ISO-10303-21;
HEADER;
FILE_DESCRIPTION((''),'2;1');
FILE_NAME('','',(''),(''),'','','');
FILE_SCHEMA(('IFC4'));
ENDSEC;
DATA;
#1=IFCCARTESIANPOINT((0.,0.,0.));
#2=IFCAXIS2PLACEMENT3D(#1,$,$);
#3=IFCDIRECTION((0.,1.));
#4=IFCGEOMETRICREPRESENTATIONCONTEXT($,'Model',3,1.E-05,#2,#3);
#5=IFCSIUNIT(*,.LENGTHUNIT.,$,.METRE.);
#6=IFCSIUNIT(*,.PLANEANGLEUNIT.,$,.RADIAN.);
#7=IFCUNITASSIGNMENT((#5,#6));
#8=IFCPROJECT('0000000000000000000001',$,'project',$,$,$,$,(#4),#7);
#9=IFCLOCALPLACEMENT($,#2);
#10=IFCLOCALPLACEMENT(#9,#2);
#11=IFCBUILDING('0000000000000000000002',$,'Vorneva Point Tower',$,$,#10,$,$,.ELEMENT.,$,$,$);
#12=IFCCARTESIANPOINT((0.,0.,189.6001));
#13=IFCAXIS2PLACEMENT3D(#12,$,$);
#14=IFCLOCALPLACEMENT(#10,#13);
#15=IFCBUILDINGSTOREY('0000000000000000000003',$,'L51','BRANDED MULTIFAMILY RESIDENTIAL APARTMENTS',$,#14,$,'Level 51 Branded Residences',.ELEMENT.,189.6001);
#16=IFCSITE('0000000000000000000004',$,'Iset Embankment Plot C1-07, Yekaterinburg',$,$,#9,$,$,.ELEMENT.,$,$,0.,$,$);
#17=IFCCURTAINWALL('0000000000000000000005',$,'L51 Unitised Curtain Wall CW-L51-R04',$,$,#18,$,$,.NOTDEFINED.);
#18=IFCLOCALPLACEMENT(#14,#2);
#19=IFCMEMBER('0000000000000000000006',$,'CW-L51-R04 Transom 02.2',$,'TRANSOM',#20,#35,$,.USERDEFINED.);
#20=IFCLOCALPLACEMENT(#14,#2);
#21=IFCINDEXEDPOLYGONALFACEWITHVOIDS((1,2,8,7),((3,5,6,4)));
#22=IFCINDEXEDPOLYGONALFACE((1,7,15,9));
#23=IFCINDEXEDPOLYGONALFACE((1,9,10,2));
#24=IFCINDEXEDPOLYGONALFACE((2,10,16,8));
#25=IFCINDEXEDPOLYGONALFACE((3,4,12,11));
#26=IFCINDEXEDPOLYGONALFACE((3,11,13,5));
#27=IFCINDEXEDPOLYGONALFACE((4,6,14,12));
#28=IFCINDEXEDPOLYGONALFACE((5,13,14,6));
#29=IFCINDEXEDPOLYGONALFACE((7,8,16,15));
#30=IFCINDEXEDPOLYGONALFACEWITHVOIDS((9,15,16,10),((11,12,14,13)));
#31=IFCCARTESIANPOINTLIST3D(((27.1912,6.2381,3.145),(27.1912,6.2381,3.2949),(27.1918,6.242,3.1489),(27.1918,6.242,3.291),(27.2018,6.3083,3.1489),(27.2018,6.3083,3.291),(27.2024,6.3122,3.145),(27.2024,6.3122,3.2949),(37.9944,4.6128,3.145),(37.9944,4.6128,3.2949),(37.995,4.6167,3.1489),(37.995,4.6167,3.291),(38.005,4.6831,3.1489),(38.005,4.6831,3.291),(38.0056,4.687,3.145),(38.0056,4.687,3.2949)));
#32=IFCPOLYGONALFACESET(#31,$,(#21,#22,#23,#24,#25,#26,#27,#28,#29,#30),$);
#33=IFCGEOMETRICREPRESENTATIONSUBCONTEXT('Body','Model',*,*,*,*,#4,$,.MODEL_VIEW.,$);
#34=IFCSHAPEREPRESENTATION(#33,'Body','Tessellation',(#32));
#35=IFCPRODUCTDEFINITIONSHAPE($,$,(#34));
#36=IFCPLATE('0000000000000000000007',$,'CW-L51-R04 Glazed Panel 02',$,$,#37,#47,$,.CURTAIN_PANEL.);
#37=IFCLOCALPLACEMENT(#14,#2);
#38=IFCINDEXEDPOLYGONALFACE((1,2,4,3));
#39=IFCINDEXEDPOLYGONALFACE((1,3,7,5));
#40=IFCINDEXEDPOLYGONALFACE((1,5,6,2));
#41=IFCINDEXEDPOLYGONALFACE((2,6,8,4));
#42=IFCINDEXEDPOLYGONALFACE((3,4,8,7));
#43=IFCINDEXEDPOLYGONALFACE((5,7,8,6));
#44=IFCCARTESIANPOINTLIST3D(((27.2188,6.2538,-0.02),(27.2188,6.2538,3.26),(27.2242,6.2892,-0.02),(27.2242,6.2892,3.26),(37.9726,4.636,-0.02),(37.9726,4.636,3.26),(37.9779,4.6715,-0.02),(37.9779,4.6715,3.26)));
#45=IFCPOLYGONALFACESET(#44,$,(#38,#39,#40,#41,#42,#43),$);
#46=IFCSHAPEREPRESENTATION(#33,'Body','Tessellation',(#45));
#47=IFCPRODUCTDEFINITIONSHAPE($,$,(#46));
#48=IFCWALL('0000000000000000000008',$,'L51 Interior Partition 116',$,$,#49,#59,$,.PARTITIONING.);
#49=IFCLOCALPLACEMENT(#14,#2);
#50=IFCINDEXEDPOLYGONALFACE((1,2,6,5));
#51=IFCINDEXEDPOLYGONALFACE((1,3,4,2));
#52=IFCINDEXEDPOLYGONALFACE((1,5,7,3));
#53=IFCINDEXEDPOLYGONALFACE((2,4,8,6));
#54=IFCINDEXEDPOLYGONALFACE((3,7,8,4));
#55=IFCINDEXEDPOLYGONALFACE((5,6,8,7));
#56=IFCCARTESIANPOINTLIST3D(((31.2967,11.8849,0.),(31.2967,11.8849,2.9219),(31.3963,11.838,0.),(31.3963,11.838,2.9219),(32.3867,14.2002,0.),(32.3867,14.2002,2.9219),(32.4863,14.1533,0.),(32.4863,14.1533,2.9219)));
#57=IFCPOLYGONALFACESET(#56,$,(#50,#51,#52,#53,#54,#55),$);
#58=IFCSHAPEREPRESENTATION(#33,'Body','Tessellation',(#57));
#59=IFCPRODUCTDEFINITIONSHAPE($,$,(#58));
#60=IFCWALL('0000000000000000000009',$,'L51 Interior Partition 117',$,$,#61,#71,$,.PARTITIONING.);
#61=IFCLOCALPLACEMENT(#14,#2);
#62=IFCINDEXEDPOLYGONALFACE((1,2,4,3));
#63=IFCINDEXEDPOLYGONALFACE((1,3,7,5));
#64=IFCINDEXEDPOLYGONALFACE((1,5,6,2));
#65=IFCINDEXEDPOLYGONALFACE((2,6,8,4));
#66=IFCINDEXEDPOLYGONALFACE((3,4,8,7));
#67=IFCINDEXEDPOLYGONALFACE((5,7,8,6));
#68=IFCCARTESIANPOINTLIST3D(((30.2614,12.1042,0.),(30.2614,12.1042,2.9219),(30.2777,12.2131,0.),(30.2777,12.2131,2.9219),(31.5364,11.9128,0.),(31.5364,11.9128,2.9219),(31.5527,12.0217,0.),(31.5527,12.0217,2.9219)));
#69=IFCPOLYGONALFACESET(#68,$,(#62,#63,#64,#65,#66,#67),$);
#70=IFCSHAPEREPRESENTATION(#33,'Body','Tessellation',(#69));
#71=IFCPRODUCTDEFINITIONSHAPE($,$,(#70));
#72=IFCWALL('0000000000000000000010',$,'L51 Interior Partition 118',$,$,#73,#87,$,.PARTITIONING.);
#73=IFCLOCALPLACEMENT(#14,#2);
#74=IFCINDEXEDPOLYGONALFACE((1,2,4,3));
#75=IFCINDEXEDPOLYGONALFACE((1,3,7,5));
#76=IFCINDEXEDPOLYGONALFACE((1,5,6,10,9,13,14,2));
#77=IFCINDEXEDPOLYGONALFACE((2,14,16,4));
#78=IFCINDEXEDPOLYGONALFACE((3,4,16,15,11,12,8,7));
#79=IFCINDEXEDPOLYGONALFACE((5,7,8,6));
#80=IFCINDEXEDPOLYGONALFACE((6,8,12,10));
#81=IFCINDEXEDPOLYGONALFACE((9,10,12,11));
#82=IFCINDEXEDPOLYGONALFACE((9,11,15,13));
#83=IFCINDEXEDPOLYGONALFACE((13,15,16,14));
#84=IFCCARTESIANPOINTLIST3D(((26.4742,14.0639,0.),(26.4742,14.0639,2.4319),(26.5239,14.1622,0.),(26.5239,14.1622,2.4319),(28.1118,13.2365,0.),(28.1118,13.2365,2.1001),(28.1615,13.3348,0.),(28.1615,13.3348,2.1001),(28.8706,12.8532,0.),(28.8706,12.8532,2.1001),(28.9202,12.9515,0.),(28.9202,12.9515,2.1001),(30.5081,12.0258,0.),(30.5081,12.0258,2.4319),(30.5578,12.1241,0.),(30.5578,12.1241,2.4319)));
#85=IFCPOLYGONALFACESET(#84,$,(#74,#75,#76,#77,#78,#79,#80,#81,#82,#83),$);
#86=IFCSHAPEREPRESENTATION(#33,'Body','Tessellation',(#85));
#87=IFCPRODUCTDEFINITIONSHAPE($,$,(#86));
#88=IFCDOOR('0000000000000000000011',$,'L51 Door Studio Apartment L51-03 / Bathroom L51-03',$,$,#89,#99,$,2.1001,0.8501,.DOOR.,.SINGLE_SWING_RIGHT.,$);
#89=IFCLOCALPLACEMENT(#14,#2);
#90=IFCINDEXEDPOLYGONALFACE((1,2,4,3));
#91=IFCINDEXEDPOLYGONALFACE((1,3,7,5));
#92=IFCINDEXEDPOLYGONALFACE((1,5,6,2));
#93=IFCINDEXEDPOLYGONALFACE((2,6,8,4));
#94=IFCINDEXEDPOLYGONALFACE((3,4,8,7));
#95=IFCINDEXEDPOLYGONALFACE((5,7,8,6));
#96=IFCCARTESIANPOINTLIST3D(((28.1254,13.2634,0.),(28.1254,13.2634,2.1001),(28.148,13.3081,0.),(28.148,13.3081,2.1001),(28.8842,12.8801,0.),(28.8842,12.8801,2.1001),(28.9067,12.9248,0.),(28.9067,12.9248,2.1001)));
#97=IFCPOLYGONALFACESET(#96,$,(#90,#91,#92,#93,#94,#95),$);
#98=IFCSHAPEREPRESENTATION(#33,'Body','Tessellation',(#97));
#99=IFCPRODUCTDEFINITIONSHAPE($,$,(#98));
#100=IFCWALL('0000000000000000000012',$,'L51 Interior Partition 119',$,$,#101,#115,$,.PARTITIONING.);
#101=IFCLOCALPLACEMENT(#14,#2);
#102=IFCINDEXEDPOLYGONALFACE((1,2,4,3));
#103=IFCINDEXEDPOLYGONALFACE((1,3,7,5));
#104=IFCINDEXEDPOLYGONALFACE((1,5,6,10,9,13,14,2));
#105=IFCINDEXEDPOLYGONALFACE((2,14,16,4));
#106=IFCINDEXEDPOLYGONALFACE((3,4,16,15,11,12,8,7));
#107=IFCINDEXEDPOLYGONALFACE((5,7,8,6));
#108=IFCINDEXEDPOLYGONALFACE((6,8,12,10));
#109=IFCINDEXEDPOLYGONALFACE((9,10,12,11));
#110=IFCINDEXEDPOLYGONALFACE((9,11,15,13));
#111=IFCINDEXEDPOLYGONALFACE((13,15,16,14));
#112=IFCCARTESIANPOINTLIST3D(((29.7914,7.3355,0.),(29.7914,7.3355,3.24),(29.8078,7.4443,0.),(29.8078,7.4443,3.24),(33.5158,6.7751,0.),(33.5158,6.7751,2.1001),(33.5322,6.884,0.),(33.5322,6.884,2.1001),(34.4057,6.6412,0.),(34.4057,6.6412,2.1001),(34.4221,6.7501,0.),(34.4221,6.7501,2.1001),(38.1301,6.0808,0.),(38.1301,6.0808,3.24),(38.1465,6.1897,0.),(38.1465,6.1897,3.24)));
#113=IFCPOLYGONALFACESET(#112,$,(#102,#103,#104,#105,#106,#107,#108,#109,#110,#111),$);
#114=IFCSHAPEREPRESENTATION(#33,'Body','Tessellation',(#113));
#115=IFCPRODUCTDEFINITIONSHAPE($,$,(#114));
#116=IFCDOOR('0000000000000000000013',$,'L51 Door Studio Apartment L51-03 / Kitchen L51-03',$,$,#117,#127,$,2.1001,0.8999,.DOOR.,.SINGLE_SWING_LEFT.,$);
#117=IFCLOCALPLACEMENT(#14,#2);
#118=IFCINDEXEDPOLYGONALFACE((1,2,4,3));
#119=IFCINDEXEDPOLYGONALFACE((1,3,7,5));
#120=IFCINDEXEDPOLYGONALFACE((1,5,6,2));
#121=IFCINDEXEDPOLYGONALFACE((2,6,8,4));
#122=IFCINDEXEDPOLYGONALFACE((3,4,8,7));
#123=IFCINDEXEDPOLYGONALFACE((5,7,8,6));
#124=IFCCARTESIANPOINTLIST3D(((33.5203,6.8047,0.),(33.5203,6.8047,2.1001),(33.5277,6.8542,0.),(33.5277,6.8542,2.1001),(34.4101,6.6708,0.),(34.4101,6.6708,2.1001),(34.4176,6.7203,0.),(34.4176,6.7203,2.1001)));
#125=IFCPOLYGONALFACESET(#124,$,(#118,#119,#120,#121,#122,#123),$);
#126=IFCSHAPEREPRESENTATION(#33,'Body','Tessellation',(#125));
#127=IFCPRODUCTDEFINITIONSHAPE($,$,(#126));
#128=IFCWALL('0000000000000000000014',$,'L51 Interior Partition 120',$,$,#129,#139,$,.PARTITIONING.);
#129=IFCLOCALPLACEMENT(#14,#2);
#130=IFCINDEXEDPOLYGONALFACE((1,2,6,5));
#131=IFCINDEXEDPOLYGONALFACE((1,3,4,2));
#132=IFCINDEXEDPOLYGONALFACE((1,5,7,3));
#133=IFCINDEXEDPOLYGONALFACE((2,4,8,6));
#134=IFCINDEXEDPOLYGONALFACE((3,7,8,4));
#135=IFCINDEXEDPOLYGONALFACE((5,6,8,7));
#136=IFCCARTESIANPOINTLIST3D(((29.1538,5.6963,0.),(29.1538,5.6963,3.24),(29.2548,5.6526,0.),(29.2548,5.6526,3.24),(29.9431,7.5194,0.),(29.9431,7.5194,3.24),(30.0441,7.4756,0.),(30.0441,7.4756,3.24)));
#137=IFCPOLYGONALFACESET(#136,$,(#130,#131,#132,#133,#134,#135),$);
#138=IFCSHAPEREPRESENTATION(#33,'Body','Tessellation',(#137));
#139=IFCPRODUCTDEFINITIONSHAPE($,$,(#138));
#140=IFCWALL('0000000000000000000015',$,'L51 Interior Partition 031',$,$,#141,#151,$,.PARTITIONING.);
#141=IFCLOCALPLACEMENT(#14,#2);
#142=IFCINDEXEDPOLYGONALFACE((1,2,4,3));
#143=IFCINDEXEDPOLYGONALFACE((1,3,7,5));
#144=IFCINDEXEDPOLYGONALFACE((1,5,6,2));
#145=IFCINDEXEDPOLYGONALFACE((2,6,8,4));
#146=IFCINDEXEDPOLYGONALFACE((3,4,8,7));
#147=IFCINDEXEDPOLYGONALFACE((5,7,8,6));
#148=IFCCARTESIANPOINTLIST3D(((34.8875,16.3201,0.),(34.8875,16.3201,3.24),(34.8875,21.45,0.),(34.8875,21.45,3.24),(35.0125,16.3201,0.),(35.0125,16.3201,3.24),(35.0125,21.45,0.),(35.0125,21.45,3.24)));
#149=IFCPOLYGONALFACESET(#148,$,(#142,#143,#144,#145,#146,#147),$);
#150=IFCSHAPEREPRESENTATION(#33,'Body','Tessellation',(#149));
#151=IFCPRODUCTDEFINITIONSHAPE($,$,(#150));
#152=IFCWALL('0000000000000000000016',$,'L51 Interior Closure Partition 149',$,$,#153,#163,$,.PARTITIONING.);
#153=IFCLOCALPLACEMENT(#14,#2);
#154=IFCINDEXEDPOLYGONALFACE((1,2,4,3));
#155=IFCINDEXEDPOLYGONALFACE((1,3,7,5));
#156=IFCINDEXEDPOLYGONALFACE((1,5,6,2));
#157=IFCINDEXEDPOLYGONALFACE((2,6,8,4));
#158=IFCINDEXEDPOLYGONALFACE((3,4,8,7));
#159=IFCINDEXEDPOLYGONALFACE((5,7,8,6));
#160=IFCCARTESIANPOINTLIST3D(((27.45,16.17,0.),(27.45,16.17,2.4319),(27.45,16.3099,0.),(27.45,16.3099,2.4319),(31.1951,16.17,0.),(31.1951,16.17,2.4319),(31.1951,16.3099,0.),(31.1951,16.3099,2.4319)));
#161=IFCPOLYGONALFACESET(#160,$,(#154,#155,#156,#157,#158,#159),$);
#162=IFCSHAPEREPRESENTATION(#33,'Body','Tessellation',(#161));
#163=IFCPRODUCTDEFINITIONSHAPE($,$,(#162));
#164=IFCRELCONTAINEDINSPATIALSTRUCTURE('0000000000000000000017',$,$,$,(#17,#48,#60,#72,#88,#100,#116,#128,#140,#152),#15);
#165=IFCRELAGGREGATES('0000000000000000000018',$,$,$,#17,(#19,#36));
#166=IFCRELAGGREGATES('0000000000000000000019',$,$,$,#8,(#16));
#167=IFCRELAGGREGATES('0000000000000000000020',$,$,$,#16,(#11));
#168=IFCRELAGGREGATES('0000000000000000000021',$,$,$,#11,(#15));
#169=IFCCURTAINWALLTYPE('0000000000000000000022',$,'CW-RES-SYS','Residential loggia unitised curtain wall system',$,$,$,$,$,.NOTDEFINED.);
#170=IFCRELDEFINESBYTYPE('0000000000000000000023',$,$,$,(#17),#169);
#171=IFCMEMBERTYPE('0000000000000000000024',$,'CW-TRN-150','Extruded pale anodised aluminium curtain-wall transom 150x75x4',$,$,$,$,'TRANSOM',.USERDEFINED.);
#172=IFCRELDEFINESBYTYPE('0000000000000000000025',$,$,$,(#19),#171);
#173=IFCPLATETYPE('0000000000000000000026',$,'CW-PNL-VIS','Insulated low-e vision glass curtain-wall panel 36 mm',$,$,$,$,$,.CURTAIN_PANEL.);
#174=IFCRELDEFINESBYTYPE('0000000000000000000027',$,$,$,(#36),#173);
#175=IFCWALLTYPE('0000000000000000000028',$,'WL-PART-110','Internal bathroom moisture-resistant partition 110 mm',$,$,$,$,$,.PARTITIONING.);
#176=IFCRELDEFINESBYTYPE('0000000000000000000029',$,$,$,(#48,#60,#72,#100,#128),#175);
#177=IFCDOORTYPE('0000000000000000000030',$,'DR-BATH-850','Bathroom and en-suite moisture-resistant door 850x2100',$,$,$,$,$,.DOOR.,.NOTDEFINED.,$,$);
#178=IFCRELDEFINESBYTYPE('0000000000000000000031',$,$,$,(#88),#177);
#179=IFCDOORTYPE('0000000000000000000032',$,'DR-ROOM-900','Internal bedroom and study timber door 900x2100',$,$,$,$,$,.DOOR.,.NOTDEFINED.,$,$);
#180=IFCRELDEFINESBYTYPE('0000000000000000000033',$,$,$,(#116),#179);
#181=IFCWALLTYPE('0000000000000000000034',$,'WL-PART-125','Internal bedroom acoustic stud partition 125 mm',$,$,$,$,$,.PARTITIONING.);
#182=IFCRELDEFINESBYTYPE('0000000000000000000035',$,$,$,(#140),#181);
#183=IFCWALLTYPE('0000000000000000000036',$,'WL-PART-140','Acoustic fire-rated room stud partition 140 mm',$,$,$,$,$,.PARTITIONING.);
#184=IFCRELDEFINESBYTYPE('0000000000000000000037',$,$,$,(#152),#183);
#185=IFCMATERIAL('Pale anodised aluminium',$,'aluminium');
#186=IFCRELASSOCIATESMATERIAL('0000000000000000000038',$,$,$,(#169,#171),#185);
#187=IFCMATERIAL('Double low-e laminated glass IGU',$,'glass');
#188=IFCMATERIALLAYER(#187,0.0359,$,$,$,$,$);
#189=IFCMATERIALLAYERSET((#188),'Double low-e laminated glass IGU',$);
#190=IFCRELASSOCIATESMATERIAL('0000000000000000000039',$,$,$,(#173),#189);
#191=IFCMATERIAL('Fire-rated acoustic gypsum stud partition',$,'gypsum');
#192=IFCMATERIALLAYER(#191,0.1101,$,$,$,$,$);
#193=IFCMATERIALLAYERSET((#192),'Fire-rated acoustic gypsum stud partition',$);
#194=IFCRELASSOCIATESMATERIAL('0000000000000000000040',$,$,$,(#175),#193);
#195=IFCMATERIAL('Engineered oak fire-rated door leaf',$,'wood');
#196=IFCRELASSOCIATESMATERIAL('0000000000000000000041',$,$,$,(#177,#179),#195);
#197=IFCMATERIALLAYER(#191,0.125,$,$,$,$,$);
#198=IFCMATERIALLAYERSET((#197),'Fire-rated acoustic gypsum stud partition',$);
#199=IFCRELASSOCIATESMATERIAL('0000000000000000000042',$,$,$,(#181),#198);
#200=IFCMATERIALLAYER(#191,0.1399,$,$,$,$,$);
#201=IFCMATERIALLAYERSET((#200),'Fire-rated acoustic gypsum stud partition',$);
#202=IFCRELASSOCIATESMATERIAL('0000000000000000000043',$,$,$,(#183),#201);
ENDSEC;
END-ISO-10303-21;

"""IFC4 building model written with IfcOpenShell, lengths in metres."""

from ifc_helpers import new_model, si_unit, direction, frame, frame_2d, origin, origin_2d, place, context, subcontext, project, spatial, rectangle, hollow_rectangle, extrude, material, layer, layer_set, material_profile, profile_set, type_object, element, fill, aggregate, save


model = new_model("IFC4")

# Units and contexts
model_context = context("Model", 3, precision=1e-05, world=origin(), true_north=direction((0.0, 1.0)))
body_context = subcontext(model_context, "Body", "Model", "MODEL_VIEW")
ifc_project = project(units=[si_unit("LENGTHUNIT", "METRE"), si_unit("PLANEANGLEUNIT", "RADIAN")], contexts=[model_context])

# Site, building, storey
site_placement = place(None, origin())
site = spatial("IfcSite", under=ifc_project, at=site_placement, Name="Iset Embankment Plot C1-07, Yekaterinburg", CompositionType="ELEMENT", RefElevation=0.0)
building_placement = place(site_placement, origin())
building = spatial("IfcBuilding", under=site, at=building_placement, Name="Vorneva Point Tower", CompositionType="ELEMENT")
storey_placement = place(building_placement, frame((0.0, 0.0, 189.6001)))
storey = spatial("IfcBuildingStorey", under=building, at=storey_placement, Name="L51", Description="BRANDED MULTIFAMILY RESIDENTIAL APARTMENTS", LongName="Level 51 Branded Residences", CompositionType="ELEMENT", Elevation=189.6001)

# Curtain wall, member, plate
ifc_material_1 = material(Name="Pale anodised aluminium", Category="aluminium")
curtain_wall_type = type_object("IfcCurtainWallType", Name="CW-RES-SYS", Description="Residential loggia unitised curtain wall system", PredefinedType="NOTDEFINED", material=ifc_material_1)
curtain_wall_placement = place(storey_placement, origin())
curtain_wall = element("IfcCurtainWall", 1, at=curtain_wall_placement, inside=storey, type_object=curtain_wall_type, Name="L51 Unitised Curtain Wall CW-L51-R04", PredefinedType="NOTDEFINED")
ifc_material_profile_1 = material_profile(ifc_material_1, hollow_rectangle(XDim=0.075, YDim=0.1499, WallThickness=0.0039, at=origin_2d()), Name="AL-TRN 150x75x4")
ifc_profile_set_1 = profile_set([ifc_material_profile_1], Name="Pale anodised aluminium")
member_type_1 = type_object("IfcMemberType", Name="CW-TRN-150", Description="Extruded pale anodised aluminium curtain-wall transom 150x75x4", ElementType="TRANSOM", PredefinedType="USERDEFINED", material=ifc_profile_set_1)
member_1_placement = place(storey_placement, frame((27.1968, 6.2751, 3.22), z_axis=(0.988872, -0.148767, 0.0), x_axis=(0.148767, 0.988872, 0.0)))
member_1 = element("IfcMember", 2, at=member_1_placement, type_object=member_type_1, Name="CW-L51-R04 Transom 02.2", ObjectType="TRANSOM", PredefinedType="USERDEFINED", context=body_context, shape_type="SweptSolid", body=[
    extrude(hollow_rectangle(XDim=0.075, YDim=0.1499, WallThickness=0.0039, at=origin_2d()), origin(), (0.0, 0.0, 1.0), 10.9248),
])
ifc_material_2 = material(Name="Double low-e laminated glass IGU", Category="glass")
ifc_layer_1 = layer(ifc_material_2, 0.0359)
ifc_layer_set_1 = layer_set([ifc_layer_1], Name="Double low-e laminated glass IGU")
plate_type = type_object("IfcPlateType", Name="CW-PNL-VIS", Description="Insulated low-e vision glass curtain-wall panel 36 mm", PredefinedType="CURTAIN_PANEL", material=ifc_layer_set_1)
plate_placement = place(storey_placement, frame((32.5984, 5.4626, -0.02), z_axis=(0.0, 0.0, 1.0), x_axis=(0.988874, -0.148759, 0.0)))
plate = element("IfcPlate", 3, at=plate_placement, type_object=plate_type, Name="CW-L51-R04 Glazed Panel 02", PredefinedType="CURTAIN_PANEL", context=body_context, shape_type="SweptSolid", body=[
    extrude(rectangle(XDim=10.8748, YDim=0.0359, at=origin_2d()), origin(), (0.0, 0.0, 1.0), 3.28),
])
aggregate(curtain_wall, [member_1, plate])

# Walls
ifc_material_3 = material(Name="Fire-rated acoustic gypsum stud partition", Category="gypsum")
ifc_layer_2 = layer(ifc_material_3, 0.1101)
ifc_layer_set_2 = layer_set([ifc_layer_2], Name="Fire-rated acoustic gypsum stud partition")
wall_type_1 = type_object("IfcWallType", Name="WL-PART-110", Description="Internal bathroom moisture-resistant partition 110 mm", PredefinedType="PARTITIONING", material=ifc_layer_set_2)
wall_1_placement = place(storey_placement, frame((32.4365, 14.1768, 0.0), z_axis=(0.0, 0.0, 1.0), x_axis=(-0.425949, -0.904747, 0.0)))
element("IfcWall", 4, at=wall_1_placement, inside=storey, type_object=wall_type_1, Name="L51 Interior Partition 116", PredefinedType="PARTITIONING", context=body_context, shape_type="SweptSolid", body=[
    extrude(rectangle(XDim=2.5591, YDim=0.1101, at=frame_2d((1.2795, 0.0))), origin(), (0.0, 0.0, 1.0), 2.9219),
])
wall_2_placement = place(storey_placement, frame((31.5444, 11.9673, 0.0), z_axis=(0.0, 0.0, 1.0), x_axis=(-0.988917, 0.14847, 0.0)))
element("IfcWall", 5, at=wall_2_placement, inside=storey, type_object=wall_type_1, Name="L51 Interior Partition 117", PredefinedType="PARTITIONING", context=body_context, shape_type="SweptSolid", body=[
    extrude(rectangle(XDim=1.2893, YDim=0.1101, at=frame_2d((0.6445, 0.0))), origin(), (0.0, 0.0, 1.0), 2.9219),
])

# Walls, openings, doors
wall_3_placement = place(storey_placement, frame((30.533, 12.075, 0.0), z_axis=(0.0, 0.0, 1.0), x_axis=(-0.89255, 0.450948, 0.0)))
wall_3 = element("IfcWall", 6, at=wall_3_placement, inside=storey, type_object=wall_type_1, Name="L51 Interior Partition 118", PredefinedType="PARTITIONING", context=body_context, shape_type="SweptSolid", body=[
    extrude(rectangle(XDim=4.5195, YDim=0.1101, at=frame_2d((2.2598, 0.0))), origin(), (0.0, 0.0, 1.0), 2.4319),
])
opening_1_placement = place(wall_3_placement, frame((1.8347, 0.0, 0.0)))
opening_1 = element("IfcOpeningElement", 7, at=opening_1_placement, cuts=wall_3, PredefinedType="OPENING", context=body_context, shape_type="SweptSolid", body=[
    extrude(rectangle(XDim=0.8501, YDim=2.1001, at=frame_2d((0.425, 1.05))), frame((0.0, 0.0698, 0.0), z_axis=(0.0, -1.0, 0.0), x_axis=(1.0, 0.0, 0.0)), (0.0, 0.0, 1.0), 0.1399),
])
ifc_material_4 = material(Name="Engineered oak fire-rated door leaf", Category="wood")
door_type_1 = type_object("IfcDoorType", Name="DR-BATH-850", Description="Bathroom and en-suite moisture-resistant door 850x2100", OperationType="NOTDEFINED", PredefinedType="DOOR", material=ifc_material_4)
door_1_placement = place(opening_1_placement, origin())
door_1 = element("IfcDoor", 8, at=door_1_placement, inside=storey, type_object=door_type_1, Name="L51 Door Studio Apartment L51-03 / Bathroom L51-03", OperationType="SINGLE_SWING_RIGHT", OverallHeight=2.1001, OverallWidth=0.8501, PredefinedType="DOOR", context=body_context, shape_type="SweptSolid", body=[
    extrude(rectangle(XDim=0.8501, YDim=2.1001, at=frame_2d((0.425, 1.05))), frame((0.0, 0.0249, 0.0), z_axis=(0.0, -1.0, 0.0), x_axis=(1.0, 0.0, 0.0)), (0.0, 0.0, 1.0), 0.05),
])
fill(opening_1, door_1)
wall_4_placement = place(storey_placement, frame((29.7996, 7.3899, 0.0), z_axis=(0.0, 0.0, 1.0), x_axis=(0.98887, -0.148782, 0.0)))
wall_4 = element("IfcWall", 9, at=wall_4_placement, inside=storey, type_object=wall_type_1, Name="L51 Interior Partition 119", PredefinedType="PARTITIONING", context=body_context, shape_type="SweptSolid", body=[
    extrude(rectangle(XDim=8.4326, YDim=0.1101, at=frame_2d((4.2163, 0.0))), origin(), (0.0, 0.0, 1.0), 3.24),
])
opening_2_placement = place(wall_4_placement, frame((3.7664, 0.0, 0.0)))
opening_2 = element("IfcOpeningElement", 10, at=opening_2_placement, cuts=wall_4, PredefinedType="OPENING", context=body_context, shape_type="SweptSolid", body=[
    extrude(rectangle(XDim=0.8999, YDim=2.1001, at=frame_2d((0.45, 1.05))), frame((0.0, 0.0698, 0.0), z_axis=(0.0, -1.0, 0.0), x_axis=(1.0, 0.0, 0.0)), (0.0, 0.0, 1.0), 0.1399),
])
door_type_2 = type_object("IfcDoorType", Name="DR-ROOM-900", Description="Internal bedroom and study timber door 900x2100", OperationType="NOTDEFINED", PredefinedType="DOOR", material=ifc_material_4)
door_2_placement = place(opening_2_placement, origin())
door_2 = element("IfcDoor", 11, at=door_2_placement, inside=storey, type_object=door_type_2, Name="L51 Door Studio Apartment L51-03 / Kitchen L51-03", OperationType="SINGLE_SWING_LEFT", OverallHeight=2.1001, OverallWidth=0.8999, PredefinedType="DOOR", context=body_context, shape_type="SweptSolid", body=[
    extrude(rectangle(XDim=0.8999, YDim=2.1001, at=frame_2d((0.45, 1.05))), frame((0.0, 0.0249, 0.0), z_axis=(0.0, -1.0, 0.0), x_axis=(1.0, 0.0, 0.0)), (0.0, 0.0, 1.0), 0.05),
])
fill(opening_2, door_2)

# Walls
wall_5_placement = place(storey_placement, frame((29.2043, 5.6746, 0.0), z_axis=(0.0, 0.0, 1.0), x_axis=(0.397328, 0.917677, 0.0)))
element("IfcWall", 12, at=wall_5_placement, inside=storey, type_object=wall_type_1, Name="L51 Interior Partition 120", PredefinedType="PARTITIONING", context=body_context, shape_type="SweptSolid", body=[
    extrude(rectangle(XDim=1.9866, YDim=0.1101, at=frame_2d((0.9932, 0.0))), origin(), (0.0, 0.0, 1.0), 3.24),
])
ifc_layer_3 = layer(ifc_material_3, 0.125)
ifc_layer_set_3 = layer_set([ifc_layer_3], Name="Fire-rated acoustic gypsum stud partition")
wall_type_2 = type_object("IfcWallType", Name="WL-PART-125", Description="Internal bedroom acoustic stud partition 125 mm", PredefinedType="PARTITIONING", material=ifc_layer_set_3)
wall_6_placement = place(storey_placement, frame((34.95, 16.3201, 0.0), z_axis=(0.0, 0.0, 1.0), x_axis=(0.0, 1.0, 0.0)))
element("IfcWall", 13, at=wall_6_placement, inside=storey, type_object=wall_type_2, Name="L51 Interior Partition 031", PredefinedType="PARTITIONING", context=body_context, shape_type="SweptSolid", body=[
    extrude(rectangle(XDim=5.1299, YDim=0.125, at=frame_2d((2.5649, 0.0))), origin(), (0.0, 0.0, 1.0), 3.24),
])
ifc_layer_4 = layer(ifc_material_3, 0.1399)
ifc_layer_set_4 = layer_set([ifc_layer_4], Name="Fire-rated acoustic gypsum stud partition")
wall_type_3 = type_object("IfcWallType", Name="WL-PART-140", Description="Acoustic fire-rated room stud partition 140 mm", PredefinedType="PARTITIONING", material=ifc_layer_set_4)
wall_7_placement = place(storey_placement, frame((27.45, 16.24, 0.0), z_axis=(0.0, 0.0, 1.0), x_axis=(1.0, 0.0, 0.0)))
element("IfcWall", 14, at=wall_7_placement, inside=storey, type_object=wall_type_3, Name="L51 Interior Closure Partition 149", PredefinedType="PARTITIONING", context=body_context, shape_type="SweptSolid", body=[
    extrude(rectangle(XDim=3.7451, YDim=0.1399, at=frame_2d((1.8726, 0.0))), origin(), (0.0, 0.0, 1.0), 2.4319),
])

save(model, "model.ifc")
